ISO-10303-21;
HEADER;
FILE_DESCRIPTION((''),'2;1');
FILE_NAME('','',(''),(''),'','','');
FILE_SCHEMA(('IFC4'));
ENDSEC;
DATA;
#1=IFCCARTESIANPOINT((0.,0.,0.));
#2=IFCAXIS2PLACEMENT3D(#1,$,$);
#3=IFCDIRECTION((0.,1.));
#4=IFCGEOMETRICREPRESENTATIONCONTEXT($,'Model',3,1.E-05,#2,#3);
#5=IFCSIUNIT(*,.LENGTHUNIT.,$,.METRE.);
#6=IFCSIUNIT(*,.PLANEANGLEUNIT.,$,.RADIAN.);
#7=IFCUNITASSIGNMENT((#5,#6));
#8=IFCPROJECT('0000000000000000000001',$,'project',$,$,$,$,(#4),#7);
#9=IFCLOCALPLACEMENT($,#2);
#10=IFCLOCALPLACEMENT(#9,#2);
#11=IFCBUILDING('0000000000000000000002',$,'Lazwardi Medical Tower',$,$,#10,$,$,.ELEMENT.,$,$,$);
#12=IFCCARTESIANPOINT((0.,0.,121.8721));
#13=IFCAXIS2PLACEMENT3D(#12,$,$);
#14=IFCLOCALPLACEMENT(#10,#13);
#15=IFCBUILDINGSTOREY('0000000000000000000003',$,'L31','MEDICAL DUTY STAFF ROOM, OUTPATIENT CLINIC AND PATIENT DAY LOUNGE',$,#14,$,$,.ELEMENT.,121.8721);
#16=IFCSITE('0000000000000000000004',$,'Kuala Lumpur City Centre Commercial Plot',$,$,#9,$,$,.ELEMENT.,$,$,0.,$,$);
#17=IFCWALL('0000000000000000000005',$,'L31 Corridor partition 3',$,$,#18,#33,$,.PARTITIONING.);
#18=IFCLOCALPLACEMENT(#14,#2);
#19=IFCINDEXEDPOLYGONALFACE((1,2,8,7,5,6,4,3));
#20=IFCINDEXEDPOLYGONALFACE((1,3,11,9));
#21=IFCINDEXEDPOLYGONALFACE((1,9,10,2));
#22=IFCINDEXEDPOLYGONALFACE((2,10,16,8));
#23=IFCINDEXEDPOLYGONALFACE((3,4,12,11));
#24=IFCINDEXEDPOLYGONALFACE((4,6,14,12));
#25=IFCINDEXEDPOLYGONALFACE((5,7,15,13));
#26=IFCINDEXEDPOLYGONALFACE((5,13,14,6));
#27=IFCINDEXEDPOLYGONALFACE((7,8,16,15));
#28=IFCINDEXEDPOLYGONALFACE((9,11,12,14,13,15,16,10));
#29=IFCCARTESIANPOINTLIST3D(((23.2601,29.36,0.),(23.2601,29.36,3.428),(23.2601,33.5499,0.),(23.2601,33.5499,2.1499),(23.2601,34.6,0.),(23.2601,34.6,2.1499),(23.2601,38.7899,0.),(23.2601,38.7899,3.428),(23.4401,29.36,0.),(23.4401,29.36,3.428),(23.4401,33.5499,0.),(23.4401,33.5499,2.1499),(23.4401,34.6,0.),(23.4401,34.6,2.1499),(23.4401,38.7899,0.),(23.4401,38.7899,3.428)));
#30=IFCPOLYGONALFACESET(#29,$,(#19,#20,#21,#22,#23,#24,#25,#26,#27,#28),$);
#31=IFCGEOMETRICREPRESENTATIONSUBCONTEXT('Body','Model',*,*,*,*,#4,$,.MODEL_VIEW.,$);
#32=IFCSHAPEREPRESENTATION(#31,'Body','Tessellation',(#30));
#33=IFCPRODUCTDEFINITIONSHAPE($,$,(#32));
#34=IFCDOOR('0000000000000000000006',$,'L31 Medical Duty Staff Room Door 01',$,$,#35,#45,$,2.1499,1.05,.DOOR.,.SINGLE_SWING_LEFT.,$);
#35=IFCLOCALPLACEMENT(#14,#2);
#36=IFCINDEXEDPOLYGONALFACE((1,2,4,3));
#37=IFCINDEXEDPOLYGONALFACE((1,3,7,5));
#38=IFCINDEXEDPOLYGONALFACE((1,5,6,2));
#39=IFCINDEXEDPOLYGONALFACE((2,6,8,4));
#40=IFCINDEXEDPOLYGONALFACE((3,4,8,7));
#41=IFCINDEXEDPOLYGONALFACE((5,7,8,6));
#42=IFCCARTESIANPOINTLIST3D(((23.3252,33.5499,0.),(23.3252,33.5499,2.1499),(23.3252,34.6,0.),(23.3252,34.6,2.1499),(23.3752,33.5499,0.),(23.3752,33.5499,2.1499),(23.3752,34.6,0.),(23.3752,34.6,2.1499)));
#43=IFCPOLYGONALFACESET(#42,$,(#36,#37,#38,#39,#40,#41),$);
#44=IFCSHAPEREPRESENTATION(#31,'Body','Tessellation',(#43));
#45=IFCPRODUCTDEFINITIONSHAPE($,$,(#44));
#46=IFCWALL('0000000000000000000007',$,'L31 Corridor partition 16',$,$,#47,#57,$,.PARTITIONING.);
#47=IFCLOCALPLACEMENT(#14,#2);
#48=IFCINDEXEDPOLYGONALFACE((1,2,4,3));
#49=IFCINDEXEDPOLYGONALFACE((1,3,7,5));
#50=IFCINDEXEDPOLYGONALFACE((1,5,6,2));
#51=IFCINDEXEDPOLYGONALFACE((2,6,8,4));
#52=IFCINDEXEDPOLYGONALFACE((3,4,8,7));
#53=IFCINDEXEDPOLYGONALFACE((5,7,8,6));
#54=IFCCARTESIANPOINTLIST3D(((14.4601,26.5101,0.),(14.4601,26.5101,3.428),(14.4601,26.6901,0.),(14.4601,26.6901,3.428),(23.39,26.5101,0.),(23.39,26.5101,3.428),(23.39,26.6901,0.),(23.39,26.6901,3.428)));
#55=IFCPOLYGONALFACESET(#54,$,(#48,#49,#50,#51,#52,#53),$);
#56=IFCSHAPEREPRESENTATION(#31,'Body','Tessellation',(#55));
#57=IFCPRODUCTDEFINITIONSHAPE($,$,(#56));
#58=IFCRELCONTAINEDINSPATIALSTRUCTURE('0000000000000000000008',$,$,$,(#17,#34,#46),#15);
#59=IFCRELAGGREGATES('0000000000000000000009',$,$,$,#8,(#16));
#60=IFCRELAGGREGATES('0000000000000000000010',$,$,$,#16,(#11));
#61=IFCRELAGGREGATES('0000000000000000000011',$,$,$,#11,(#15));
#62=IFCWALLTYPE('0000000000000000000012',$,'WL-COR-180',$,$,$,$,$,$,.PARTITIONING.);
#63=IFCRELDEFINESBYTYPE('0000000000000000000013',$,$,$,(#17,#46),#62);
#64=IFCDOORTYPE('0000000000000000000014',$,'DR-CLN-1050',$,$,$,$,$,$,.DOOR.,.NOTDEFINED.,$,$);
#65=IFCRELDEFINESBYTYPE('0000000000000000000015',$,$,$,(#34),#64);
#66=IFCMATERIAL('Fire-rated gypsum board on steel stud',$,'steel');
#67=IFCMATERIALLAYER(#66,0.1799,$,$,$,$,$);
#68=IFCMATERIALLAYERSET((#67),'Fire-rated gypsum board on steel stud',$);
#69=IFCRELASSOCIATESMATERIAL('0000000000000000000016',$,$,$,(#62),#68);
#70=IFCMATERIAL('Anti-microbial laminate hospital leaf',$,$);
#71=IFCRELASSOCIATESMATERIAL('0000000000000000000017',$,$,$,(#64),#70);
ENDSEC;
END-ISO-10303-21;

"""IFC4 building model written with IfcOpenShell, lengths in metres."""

from ifc_helpers import new_model, si_unit, direction, frame, frame_2d, origin, place, context, subcontext, project, spatial, rectangle, extrude, material, layer, layer_set, type_object, element, fill, save


model = new_model("IFC4")

# Units and contexts
model_context = context("Model", 3, precision=1e-05, world=origin(), true_north=direction((0.0, 1.0)))
body_context = subcontext(model_context, "Body", "Model", "MODEL_VIEW")
ifc_project = project(units=[si_unit("LENGTHUNIT", "METRE"), si_unit("PLANEANGLEUNIT", "RADIAN")], contexts=[model_context])

# Site, building, storey
site_placement = place(None, origin())
site = spatial("IfcSite", under=ifc_project, at=site_placement, Name="Kuala Lumpur City Centre Commercial Plot", CompositionType="ELEMENT", RefElevation=0.0)
building_placement = place(site_placement, origin())
building = spatial("IfcBuilding", under=site, at=building_placement, Name="Lazwardi Medical Tower", CompositionType="ELEMENT")
storey_placement = place(building_placement, frame((0.0, 0.0, 121.8721)))
storey = spatial("IfcBuildingStorey", under=building, at=storey_placement, Name="L31", Description="MEDICAL DUTY STAFF ROOM, OUTPATIENT CLINIC AND PATIENT DAY LOUNGE", CompositionType="ELEMENT", Elevation=121.8721)

# Wall, opening, door
ifc_material_1 = material(Name="Fire-rated gypsum board on steel stud", Category="steel")
ifc_layer_1 = layer(ifc_material_1, 0.1799)
ifc_layer_set_1 = layer_set([ifc_layer_1], Name="Fire-rated gypsum board on steel stud")
wall_type_1 = type_object("IfcWallType", Name="WL-COR-180", PredefinedType="PARTITIONING", material=ifc_layer_set_1)
wall_1_placement = place(storey_placement, frame((23.3501, 29.3601, 0.0), z_axis=(0.0, 0.0, 1.0), x_axis=(0.0, 1.0, 0.0)))
wall_1 = element("IfcWall", 1, at=wall_1_placement, inside=storey, type_object=wall_type_1, Name="L31 Corridor partition 3", PredefinedType="PARTITIONING", context=body_context, shape_type="SweptSolid", body=[
    extrude(rectangle(XDim=9.4299, YDim=0.1799, at=frame_2d((4.7148, 0.0))), origin(), (0.0, 0.0, 1.0), 3.428),
])
opening_1_placement = place(wall_1_placement, frame((4.1899, 0.0, 0.0)))
opening_1 = element("IfcOpeningElement", 2, at=opening_1_placement, cuts=wall_1, PredefinedType="OPENING", context=body_context, shape_type="SweptSolid", body=[
    extrude(rectangle(XDim=1.05, YDim=2.1499, at=frame_2d((0.5249, 1.075))), frame((0.0, 0.0999, 0.0), z_axis=(0.0, -1.0, 0.0), x_axis=(1.0, 0.0, 0.0)), (0.0, 0.0, 1.0), 0.2),
])
ifc_material_2 = material(Name="Anti-microbial laminate hospital leaf")
door_type_1 = type_object("IfcDoorType", Name="DR-CLN-1050", OperationType="NOTDEFINED", PredefinedType="DOOR", material=ifc_material_2)
door_1_placement = place(opening_1_placement, origin())
door_1 = element("IfcDoor", 3, at=door_1_placement, inside=storey, type_object=door_type_1, Name="L31 Medical Duty Staff Room Door 01", OperationType="SINGLE_SWING_LEFT", OverallHeight=2.1499, OverallWidth=1.05, PredefinedType="DOOR", context=body_context, shape_type="SweptSolid", body=[
    extrude(rectangle(XDim=1.05, YDim=2.1499, at=frame_2d((0.5249, 1.075))), frame((0.0, 0.0249, 0.0), z_axis=(0.0, -1.0, 0.0), x_axis=(1.0, 0.0, 0.0)), (0.0, 0.0, 1.0), 0.05),
])
fill(opening_1, door_1)

# Wall
wall_2_placement = place(storey_placement, frame((23.3899, 26.6001, 0.0), z_axis=(0.0, 0.0, 1.0), x_axis=(-1.0, 0.0, 0.0)))
element("IfcWall", 4, at=wall_2_placement, inside=storey, type_object=wall_type_1, Name="L31 Corridor partition 16", PredefinedType="PARTITIONING", context=body_context, shape_type="SweptSolid", body=[
    extrude(rectangle(XDim=8.9299, YDim=0.1799, at=frame_2d((4.4648, 0.0))), origin(), (0.0, 0.0, 1.0), 3.428),
])

save(model, "model.ifc")
